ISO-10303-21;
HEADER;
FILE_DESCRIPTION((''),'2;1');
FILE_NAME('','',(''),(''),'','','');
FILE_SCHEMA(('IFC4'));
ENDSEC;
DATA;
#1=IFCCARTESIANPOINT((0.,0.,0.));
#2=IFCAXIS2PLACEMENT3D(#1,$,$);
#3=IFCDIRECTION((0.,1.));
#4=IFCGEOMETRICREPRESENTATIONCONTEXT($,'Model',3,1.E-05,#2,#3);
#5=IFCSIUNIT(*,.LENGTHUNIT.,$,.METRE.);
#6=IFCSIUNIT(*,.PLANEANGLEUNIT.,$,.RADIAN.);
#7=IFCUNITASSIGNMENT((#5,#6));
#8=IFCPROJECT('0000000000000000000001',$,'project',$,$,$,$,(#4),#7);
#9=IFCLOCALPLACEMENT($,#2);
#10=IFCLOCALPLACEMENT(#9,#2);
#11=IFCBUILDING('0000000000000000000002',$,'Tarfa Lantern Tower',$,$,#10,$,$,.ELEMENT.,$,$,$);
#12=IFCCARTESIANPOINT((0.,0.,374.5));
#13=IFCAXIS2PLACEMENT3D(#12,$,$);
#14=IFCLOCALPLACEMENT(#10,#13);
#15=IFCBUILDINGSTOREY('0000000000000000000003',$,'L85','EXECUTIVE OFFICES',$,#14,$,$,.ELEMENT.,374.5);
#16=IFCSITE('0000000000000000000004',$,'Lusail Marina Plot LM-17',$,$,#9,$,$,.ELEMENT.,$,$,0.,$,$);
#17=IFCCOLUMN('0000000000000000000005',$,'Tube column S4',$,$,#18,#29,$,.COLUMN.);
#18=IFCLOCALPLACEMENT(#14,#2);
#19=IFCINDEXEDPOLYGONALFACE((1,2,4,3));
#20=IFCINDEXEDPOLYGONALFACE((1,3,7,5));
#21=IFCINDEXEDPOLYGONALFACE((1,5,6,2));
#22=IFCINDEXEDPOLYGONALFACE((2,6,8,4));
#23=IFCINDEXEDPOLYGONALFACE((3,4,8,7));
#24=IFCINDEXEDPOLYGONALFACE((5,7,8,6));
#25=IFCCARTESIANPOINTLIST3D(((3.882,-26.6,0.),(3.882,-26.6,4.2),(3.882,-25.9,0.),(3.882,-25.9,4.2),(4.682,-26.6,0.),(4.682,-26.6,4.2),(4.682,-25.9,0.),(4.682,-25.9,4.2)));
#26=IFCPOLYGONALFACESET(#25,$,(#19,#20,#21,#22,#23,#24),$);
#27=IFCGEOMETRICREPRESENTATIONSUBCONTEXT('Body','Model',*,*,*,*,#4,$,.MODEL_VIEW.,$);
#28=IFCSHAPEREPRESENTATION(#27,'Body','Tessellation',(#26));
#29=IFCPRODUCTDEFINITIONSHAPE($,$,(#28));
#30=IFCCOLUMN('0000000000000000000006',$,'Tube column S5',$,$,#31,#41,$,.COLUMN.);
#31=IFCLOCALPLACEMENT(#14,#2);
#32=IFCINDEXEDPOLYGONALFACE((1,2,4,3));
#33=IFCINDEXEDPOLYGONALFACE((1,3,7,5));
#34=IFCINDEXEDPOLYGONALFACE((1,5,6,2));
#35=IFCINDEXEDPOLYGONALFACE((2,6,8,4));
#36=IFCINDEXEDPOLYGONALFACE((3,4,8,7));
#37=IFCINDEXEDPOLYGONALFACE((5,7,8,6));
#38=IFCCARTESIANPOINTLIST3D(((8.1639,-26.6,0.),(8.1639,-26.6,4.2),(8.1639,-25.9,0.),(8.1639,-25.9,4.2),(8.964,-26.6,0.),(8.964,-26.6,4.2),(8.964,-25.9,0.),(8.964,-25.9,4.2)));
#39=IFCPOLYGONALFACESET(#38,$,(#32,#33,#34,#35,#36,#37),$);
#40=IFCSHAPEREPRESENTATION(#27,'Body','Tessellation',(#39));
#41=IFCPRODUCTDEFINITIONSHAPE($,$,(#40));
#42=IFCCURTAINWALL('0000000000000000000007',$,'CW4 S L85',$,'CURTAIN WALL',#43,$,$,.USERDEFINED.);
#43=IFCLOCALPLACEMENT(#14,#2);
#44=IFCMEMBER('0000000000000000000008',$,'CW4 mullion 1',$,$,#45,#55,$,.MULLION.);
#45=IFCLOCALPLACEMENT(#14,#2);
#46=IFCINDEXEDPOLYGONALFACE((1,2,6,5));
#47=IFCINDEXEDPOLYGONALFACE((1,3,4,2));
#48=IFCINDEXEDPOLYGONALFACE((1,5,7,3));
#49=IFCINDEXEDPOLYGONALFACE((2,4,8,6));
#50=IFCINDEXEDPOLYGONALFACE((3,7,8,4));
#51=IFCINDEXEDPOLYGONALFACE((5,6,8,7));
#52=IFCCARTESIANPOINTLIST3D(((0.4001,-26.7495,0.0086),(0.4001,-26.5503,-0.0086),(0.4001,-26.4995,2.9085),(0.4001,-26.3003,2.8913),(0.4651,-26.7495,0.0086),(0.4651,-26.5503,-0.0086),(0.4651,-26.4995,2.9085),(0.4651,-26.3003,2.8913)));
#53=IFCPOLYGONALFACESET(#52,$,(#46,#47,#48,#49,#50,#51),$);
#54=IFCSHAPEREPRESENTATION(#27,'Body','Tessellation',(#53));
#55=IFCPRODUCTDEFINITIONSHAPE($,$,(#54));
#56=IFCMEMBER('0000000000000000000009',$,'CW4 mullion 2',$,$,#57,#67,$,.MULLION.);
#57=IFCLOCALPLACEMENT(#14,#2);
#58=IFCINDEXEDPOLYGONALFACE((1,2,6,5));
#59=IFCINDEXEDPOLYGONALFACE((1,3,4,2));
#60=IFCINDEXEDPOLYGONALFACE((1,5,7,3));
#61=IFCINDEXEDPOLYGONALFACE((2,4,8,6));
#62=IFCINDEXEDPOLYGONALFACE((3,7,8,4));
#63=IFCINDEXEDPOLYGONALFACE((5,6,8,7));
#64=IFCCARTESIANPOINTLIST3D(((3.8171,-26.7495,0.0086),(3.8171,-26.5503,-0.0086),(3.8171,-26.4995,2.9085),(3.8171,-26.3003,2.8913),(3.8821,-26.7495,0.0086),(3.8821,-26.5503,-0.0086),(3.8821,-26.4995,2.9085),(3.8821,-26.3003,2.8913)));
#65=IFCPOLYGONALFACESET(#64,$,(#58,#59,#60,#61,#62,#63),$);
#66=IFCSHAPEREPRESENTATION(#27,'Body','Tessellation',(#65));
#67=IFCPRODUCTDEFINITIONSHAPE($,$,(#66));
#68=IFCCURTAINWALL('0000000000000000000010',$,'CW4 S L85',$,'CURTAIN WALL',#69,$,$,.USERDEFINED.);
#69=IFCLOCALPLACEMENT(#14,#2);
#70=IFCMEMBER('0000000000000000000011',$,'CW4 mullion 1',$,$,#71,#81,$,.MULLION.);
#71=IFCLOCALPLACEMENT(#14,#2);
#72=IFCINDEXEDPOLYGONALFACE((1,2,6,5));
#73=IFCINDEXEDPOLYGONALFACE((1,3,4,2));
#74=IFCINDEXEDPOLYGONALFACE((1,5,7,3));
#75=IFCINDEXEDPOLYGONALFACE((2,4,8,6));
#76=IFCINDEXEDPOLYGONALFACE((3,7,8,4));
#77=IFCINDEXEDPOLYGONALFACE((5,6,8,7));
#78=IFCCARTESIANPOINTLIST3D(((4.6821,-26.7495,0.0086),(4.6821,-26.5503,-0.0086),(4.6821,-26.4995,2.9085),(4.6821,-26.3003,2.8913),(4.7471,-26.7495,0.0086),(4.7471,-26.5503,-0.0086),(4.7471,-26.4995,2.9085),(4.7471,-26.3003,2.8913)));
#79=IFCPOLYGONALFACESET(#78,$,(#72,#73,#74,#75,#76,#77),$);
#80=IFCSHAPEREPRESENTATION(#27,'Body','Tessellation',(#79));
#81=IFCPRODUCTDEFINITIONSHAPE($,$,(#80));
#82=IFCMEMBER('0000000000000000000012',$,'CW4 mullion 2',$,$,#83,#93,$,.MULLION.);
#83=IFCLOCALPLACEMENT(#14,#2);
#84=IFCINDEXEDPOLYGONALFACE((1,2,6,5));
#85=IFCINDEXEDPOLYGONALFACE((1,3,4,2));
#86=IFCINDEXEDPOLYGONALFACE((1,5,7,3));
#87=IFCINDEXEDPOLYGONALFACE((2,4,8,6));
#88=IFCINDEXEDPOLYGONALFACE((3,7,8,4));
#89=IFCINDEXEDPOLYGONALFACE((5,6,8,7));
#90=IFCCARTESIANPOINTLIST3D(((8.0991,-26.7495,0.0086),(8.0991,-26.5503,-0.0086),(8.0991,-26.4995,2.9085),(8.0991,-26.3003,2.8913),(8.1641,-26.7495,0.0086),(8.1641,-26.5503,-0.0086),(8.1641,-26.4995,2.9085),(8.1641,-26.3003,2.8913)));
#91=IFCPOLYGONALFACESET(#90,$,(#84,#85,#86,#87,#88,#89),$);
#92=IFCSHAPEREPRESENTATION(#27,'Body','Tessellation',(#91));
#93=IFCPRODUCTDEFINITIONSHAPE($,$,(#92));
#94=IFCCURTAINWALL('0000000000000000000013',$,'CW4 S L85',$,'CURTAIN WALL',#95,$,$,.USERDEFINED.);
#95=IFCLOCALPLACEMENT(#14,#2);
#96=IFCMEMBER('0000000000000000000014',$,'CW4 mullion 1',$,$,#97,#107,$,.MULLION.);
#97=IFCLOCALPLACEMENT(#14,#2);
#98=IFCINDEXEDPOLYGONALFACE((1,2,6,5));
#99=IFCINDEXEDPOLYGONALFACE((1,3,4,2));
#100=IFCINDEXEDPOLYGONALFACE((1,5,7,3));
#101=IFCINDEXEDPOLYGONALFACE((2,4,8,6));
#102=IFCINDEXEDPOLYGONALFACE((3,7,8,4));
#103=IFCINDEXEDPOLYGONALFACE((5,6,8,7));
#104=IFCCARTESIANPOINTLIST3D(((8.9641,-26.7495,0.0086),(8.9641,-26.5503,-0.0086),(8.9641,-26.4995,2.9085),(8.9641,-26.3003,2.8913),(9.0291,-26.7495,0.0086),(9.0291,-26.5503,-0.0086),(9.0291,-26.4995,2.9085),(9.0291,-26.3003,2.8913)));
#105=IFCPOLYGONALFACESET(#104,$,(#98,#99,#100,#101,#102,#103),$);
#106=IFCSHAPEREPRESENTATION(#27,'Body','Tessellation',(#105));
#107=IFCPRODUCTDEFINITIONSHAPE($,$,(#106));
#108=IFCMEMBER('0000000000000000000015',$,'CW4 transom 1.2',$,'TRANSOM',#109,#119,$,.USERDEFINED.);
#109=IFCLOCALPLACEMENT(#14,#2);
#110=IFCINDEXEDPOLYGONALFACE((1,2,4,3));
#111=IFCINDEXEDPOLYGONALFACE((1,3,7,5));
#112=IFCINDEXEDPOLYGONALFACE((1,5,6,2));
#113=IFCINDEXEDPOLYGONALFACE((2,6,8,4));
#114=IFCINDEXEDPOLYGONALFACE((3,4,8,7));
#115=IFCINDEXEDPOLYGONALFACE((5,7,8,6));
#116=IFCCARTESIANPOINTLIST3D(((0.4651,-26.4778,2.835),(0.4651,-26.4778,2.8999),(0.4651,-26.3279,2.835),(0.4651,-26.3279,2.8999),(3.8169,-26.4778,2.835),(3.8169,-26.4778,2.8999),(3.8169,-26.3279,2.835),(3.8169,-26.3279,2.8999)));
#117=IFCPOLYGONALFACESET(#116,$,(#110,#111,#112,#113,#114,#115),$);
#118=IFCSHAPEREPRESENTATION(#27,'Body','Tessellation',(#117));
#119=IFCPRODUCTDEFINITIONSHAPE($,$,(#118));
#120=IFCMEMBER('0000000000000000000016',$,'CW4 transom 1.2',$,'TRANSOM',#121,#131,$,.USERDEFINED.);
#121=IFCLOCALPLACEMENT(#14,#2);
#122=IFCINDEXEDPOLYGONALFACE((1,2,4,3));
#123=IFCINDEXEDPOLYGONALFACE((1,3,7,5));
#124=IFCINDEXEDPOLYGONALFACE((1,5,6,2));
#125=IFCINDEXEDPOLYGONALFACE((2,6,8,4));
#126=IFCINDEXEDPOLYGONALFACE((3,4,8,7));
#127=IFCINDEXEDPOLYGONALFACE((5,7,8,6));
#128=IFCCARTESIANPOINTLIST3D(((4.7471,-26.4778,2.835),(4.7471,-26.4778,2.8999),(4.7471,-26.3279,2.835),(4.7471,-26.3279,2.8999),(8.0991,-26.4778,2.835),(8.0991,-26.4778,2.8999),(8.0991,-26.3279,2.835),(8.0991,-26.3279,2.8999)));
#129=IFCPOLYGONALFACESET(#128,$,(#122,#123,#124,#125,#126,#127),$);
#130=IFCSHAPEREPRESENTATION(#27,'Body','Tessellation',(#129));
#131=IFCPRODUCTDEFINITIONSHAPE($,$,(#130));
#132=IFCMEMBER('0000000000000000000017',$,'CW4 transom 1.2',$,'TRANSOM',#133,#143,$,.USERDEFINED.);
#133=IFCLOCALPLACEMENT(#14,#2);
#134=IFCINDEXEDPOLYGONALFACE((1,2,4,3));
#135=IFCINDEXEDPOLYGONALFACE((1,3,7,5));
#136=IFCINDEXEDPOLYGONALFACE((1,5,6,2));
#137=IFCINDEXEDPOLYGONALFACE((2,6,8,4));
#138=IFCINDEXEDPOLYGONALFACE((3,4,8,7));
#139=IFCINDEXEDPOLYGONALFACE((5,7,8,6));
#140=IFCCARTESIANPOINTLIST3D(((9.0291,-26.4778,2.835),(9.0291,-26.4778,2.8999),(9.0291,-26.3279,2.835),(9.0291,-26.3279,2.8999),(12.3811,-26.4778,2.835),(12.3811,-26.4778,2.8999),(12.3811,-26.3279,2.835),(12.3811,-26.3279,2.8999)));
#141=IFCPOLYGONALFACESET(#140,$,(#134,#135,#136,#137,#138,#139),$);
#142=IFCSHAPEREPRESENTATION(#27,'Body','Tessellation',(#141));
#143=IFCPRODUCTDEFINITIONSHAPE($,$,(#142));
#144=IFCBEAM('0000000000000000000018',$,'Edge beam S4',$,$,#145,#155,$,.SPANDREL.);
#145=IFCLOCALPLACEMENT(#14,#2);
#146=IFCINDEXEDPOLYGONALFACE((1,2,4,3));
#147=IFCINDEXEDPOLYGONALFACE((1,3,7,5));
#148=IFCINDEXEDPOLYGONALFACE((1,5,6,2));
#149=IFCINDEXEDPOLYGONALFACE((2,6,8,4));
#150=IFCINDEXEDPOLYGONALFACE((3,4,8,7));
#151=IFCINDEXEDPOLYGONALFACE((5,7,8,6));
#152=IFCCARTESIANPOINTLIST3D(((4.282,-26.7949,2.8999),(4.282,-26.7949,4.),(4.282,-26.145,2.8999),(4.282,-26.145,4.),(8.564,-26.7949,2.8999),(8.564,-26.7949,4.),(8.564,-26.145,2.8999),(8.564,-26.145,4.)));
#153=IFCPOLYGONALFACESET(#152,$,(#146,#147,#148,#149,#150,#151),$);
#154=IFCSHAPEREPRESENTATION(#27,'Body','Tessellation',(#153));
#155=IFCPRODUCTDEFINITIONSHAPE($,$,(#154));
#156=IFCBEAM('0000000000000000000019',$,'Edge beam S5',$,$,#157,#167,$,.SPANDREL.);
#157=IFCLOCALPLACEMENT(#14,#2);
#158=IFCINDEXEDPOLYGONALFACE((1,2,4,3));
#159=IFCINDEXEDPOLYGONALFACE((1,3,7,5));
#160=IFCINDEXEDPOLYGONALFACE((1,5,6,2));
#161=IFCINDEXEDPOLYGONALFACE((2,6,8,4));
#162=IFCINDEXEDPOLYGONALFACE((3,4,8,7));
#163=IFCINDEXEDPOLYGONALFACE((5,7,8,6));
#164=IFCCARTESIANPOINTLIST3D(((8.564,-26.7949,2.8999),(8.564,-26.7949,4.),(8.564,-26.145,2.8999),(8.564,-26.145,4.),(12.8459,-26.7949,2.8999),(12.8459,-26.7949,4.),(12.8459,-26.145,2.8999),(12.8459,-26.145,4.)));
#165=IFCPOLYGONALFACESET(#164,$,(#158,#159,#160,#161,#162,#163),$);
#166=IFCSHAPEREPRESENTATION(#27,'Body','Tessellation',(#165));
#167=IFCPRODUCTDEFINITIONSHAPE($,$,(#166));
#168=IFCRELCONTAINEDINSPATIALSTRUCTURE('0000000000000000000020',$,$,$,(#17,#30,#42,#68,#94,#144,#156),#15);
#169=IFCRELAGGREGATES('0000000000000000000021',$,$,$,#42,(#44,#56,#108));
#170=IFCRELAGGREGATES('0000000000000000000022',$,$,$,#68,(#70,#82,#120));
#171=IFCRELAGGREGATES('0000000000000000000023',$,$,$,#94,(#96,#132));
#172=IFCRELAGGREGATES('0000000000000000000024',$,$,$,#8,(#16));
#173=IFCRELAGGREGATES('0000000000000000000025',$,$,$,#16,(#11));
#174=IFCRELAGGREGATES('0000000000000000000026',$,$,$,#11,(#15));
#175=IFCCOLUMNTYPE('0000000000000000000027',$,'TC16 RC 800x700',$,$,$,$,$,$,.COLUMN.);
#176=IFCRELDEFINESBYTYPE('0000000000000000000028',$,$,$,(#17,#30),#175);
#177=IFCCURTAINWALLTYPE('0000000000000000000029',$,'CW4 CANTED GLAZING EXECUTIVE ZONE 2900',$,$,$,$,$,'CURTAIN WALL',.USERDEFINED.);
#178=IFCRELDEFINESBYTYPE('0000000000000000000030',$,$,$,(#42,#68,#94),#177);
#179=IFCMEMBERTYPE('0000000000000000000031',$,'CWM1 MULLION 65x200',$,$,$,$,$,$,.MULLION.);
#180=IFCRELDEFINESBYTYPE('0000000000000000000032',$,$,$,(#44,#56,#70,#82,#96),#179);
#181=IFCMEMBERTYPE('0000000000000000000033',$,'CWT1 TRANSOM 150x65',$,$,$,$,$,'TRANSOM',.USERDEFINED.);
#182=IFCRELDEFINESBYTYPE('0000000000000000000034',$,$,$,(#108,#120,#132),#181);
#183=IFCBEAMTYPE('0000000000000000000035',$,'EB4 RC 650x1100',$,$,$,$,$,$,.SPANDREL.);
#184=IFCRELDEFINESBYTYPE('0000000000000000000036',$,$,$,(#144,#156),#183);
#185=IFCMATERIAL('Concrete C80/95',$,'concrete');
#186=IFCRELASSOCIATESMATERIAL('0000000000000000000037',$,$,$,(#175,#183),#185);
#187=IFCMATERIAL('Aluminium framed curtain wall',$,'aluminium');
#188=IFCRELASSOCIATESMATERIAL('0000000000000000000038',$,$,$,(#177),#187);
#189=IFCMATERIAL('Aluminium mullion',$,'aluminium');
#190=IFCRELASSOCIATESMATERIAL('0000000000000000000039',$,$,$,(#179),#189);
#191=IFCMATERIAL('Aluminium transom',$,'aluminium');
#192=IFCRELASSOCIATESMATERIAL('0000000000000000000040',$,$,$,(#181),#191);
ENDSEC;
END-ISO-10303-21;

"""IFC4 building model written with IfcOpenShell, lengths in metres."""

from ifc_helpers import new_model, si_unit, direction, frame, origin, origin_2d, place, context, subcontext, project, spatial, rectangle, extrude, material, material_profile, profile_set, type_object, element, aggregate, save


model = new_model("IFC4")

# Units and contexts
model_context = context("Model", 3, precision=1e-05, world=origin(), true_north=direction((0.0, 1.0)))
body_context = subcontext(model_context, "Body", "Model", "MODEL_VIEW")
ifc_project = project(units=[si_unit("LENGTHUNIT", "METRE"), si_unit("PLANEANGLEUNIT", "RADIAN")], contexts=[model_context])

# Site, building, storey
site_placement = place(None, origin())
site = spatial("IfcSite", under=ifc_project, at=site_placement, Name="Lusail Marina Plot LM-17", CompositionType="ELEMENT", RefElevation=0.0)
building_placement = place(site_placement, origin())
building = spatial("IfcBuilding", under=site, at=building_placement, Name="Tarfa Lantern Tower", CompositionType="ELEMENT")
storey_placement = place(building_placement, frame((0.0, 0.0, 374.5)))
storey = spatial("IfcBuildingStorey", under=building, at=storey_placement, Name="L85", Description="EXECUTIVE OFFICES", CompositionType="ELEMENT", Elevation=374.5)

# Columns
ifc_material_1 = material(Name="Concrete C80/95", Category="concrete")
ifc_material_profile_1 = material_profile(ifc_material_1, rectangle(XDim=0.8, YDim=0.7, at=origin_2d()), Name="RC 800x700")
ifc_profile_set_1 = profile_set([ifc_material_profile_1], Name="Concrete C80/95")
column_type = type_object("IfcColumnType", Name="TC16 RC 800x700", PredefinedType="COLUMN", material=ifc_profile_set_1)
for number, where, z_axis, x_axis, name in (
    (1, (4.282, -26.25, 0.0), (0.0, 0.0, 1.0), (1.0, 0.0, 0.0), "Tube column S4"),
    (2, (8.564, -26.25, 0.0), (0.0, 0.0, 1.0), (1.0, 0.0, 0.0), "Tube column S5"),
):
    element("IfcColumn", number, at=place(storey_placement, frame(where, z_axis=z_axis, x_axis=x_axis)), inside=storey, type_object=column_type, Name=name, PredefinedType="COLUMN", context=body_context, shape_type="SweptSolid", body=[
        extrude(rectangle(XDim=0.8, YDim=0.7, at=origin_2d()), origin(), (0.0, 0.0, 1.0), 4.2),
    ])

# Curtain walls, members
ifc_material_2 = material(Name="Aluminium framed curtain wall", Category="aluminium")
curtain_wall_type = type_object("IfcCurtainWallType", Name="CW4 CANTED GLAZING EXECUTIVE ZONE 2900", ElementType="CURTAIN WALL", PredefinedType="USERDEFINED", material=ifc_material_2)
curtain_wall_1_placement = place(storey_placement, origin())
curtain_wall_1 = element("IfcCurtainWall", 3, at=curtain_wall_1_placement, inside=storey, type_object=curtain_wall_type, Name="CW4 S L85", ObjectType="CURTAIN WALL", PredefinedType="USERDEFINED")
ifc_material_3 = material(Name="Aluminium mullion", Category="aluminium")
ifc_material_profile_2 = material_profile(ifc_material_3, rectangle(XDim=0.0649, YDim=0.2, at=origin_2d()), Name="AL MULLION 65x200")
ifc_profile_set_2 = profile_set([ifc_material_profile_2], Name="Aluminium mullion")
member_type_1 = type_object("IfcMemberType", Name="CWM1 MULLION 65x200", PredefinedType="MULLION", material=ifc_profile_set_2)
member_1_placement = place(storey_placement, frame((0.4326, -26.6499, 0.0), z_axis=(0.0, 0.085891, 0.996305), x_axis=(-1.0, 0.0, 0.0)))
member_1 = element("IfcMember", 4, at=member_1_placement, type_object=member_type_1, Name="CW4 mullion 1", PredefinedType="MULLION", context=body_context, shape_type="SweptSolid", body=[
    extrude(rectangle(XDim=0.0649, YDim=0.2, at=origin_2d()), origin(), (0.0, 0.0, 1.0), 2.9106),
])
member_2_placement = place(storey_placement, frame((3.8496, -26.6499, 0.0), z_axis=(0.0, 0.085891, 0.996305), x_axis=(-1.0, 0.0, 0.0)))
member_2 = element("IfcMember", 5, at=member_2_placement, type_object=member_type_1, Name="CW4 mullion 2", PredefinedType="MULLION", context=body_context, shape_type="SweptSolid", body=[
    extrude(rectangle(XDim=0.0649, YDim=0.2, at=origin_2d()), origin(), (0.0, 0.0, 1.0), 2.9106),
])
curtain_wall_2_placement = place(storey_placement, origin())
curtain_wall_2 = element("IfcCurtainWall", 6, at=curtain_wall_2_placement, inside=storey, type_object=curtain_wall_type, Name="CW4 S L85", ObjectType="CURTAIN WALL", PredefinedType="USERDEFINED")
member_3_placement = place(storey_placement, frame((4.7146, -26.6499, 0.0), z_axis=(0.0, 0.085891, 0.996305), x_axis=(-1.0, 0.0, 0.0)))
member_3 = element("IfcMember", 7, at=member_3_placement, type_object=member_type_1, Name="CW4 mullion 1", PredefinedType="MULLION", context=body_context, shape_type="SweptSolid", body=[
    extrude(rectangle(XDim=0.0649, YDim=0.2, at=origin_2d()), origin(), (0.0, 0.0, 1.0), 2.9106),
])
member_4_placement = place(storey_placement, frame((8.1316, -26.6499, 0.0), z_axis=(0.0, 0.085891, 0.996305), x_axis=(-1.0, 0.0, 0.0)))
member_4 = element("IfcMember", 8, at=member_4_placement, type_object=member_type_1, Name="CW4 mullion 2", PredefinedType="MULLION", context=body_context, shape_type="SweptSolid", body=[
    extrude(rectangle(XDim=0.0649, YDim=0.2, at=origin_2d()), origin(), (0.0, 0.0, 1.0), 2.9106),
])

# Curtain wall, member
curtain_wall_3_placement = place(storey_placement, origin())
curtain_wall_3 = element("IfcCurtainWall", 9, at=curtain_wall_3_placement, inside=storey, type_object=curtain_wall_type, Name="CW4 S L85", ObjectType="CURTAIN WALL", PredefinedType="USERDEFINED")
member_5_placement = place(storey_placement, frame((8.9966, -26.6499, 0.0), z_axis=(0.0, 0.085891, 0.996305), x_axis=(-1.0, 0.0, 0.0)))
member_5 = element("IfcMember", 10, at=member_5_placement, type_object=member_type_1, Name="CW4 mullion 1", PredefinedType="MULLION", context=body_context, shape_type="SweptSolid", body=[
    extrude(rectangle(XDim=0.0649, YDim=0.2, at=origin_2d()), origin(), (0.0, 0.0, 1.0), 2.9106),
])

# Members
ifc_material_4 = material(Name="Aluminium transom", Category="aluminium")
ifc_material_profile_3 = material_profile(ifc_material_4, rectangle(XDim=0.1499, YDim=0.0649, at=origin_2d()), Name="AL TRANSOM 150x65")
ifc_profile_set_3 = profile_set([ifc_material_profile_3], Name="Aluminium transom")
member_type_2 = type_object("IfcMemberType", Name="CWT1 TRANSOM 150x65", ElementType="TRANSOM", PredefinedType="USERDEFINED", material=ifc_profile_set_3)
member_6_placement = place(storey_placement, frame((0.4651, -26.4028, 2.8674), z_axis=(1.0, 0.0, 0.0), x_axis=(0.0, 1.0, 0.0)))
member_6 = element("IfcMember", 11, at=member_6_placement, type_object=member_type_2, Name="CW4 transom 1.2", ObjectType="TRANSOM", PredefinedType="USERDEFINED", context=body_context, shape_type="SweptSolid", body=[
    extrude(rectangle(XDim=0.1499, YDim=0.0649, at=origin_2d()), origin(), (0.0, 0.0, 1.0), 3.3518),
])
member_7_placement = place(storey_placement, frame((4.7471, -26.4028, 2.8674), z_axis=(1.0, 0.0, 0.0), x_axis=(0.0, 1.0, 0.0)))
member_7 = element("IfcMember", 12, at=member_7_placement, type_object=member_type_2, Name="CW4 transom 1.2", ObjectType="TRANSOM", PredefinedType="USERDEFINED", context=body_context, shape_type="SweptSolid", body=[
    extrude(rectangle(XDim=0.1499, YDim=0.0649, at=origin_2d()), origin(), (0.0, 0.0, 1.0), 3.3521),
])
member_8_placement = place(storey_placement, frame((9.0291, -26.4028, 2.8674), z_axis=(1.0, 0.0, 0.0), x_axis=(0.0, 1.0, 0.0)))
member_8 = element("IfcMember", 13, at=member_8_placement, type_object=member_type_2, Name="CW4 transom 1.2", ObjectType="TRANSOM", PredefinedType="USERDEFINED", context=body_context, shape_type="SweptSolid", body=[
    extrude(rectangle(XDim=0.1499, YDim=0.0649, at=origin_2d()), origin(), (0.0, 0.0, 1.0), 3.3521),
])

# Beams
ifc_material_profile_4 = material_profile(ifc_material_1, rectangle(XDim=0.6499, YDim=1.1001, at=origin_2d()), Name="RC 650x1100")
ifc_profile_set_4 = profile_set([ifc_material_profile_4], Name="Concrete C80/95")
beam_type_1 = type_object("IfcBeamType", Name="EB4 RC 650x1100", PredefinedType="SPANDREL", material=ifc_profile_set_4)
for number, where, z_axis, x_axis, name in (
    (14, (4.282, -26.47, 3.45), (1.0, 0.0, 0.0), (0.0, 1.0, 0.0), "Edge beam S4"),
    (15, (8.564, -26.47, 3.45), (1.0, 0.0, 0.0), (0.0, 1.0, 0.0), "Edge beam S5"),
):
    element("IfcBeam", number, at=place(storey_placement, frame(where, z_axis=z_axis, x_axis=x_axis)), inside=storey, type_object=beam_type_1, Name=name, PredefinedType="SPANDREL", context=body_context, shape_type="SweptSolid", body=[
        extrude(rectangle(XDim=0.6499, YDim=1.1001, at=origin_2d()), origin(), (0.0, 0.0, 1.0), 4.282),
    ])

aggregate(curtain_wall_1, [member_1, member_2, member_6])
aggregate(curtain_wall_2, [member_3, member_4, member_7])
aggregate(curtain_wall_3, [member_5, member_8])

save(model, "model.ifc")
